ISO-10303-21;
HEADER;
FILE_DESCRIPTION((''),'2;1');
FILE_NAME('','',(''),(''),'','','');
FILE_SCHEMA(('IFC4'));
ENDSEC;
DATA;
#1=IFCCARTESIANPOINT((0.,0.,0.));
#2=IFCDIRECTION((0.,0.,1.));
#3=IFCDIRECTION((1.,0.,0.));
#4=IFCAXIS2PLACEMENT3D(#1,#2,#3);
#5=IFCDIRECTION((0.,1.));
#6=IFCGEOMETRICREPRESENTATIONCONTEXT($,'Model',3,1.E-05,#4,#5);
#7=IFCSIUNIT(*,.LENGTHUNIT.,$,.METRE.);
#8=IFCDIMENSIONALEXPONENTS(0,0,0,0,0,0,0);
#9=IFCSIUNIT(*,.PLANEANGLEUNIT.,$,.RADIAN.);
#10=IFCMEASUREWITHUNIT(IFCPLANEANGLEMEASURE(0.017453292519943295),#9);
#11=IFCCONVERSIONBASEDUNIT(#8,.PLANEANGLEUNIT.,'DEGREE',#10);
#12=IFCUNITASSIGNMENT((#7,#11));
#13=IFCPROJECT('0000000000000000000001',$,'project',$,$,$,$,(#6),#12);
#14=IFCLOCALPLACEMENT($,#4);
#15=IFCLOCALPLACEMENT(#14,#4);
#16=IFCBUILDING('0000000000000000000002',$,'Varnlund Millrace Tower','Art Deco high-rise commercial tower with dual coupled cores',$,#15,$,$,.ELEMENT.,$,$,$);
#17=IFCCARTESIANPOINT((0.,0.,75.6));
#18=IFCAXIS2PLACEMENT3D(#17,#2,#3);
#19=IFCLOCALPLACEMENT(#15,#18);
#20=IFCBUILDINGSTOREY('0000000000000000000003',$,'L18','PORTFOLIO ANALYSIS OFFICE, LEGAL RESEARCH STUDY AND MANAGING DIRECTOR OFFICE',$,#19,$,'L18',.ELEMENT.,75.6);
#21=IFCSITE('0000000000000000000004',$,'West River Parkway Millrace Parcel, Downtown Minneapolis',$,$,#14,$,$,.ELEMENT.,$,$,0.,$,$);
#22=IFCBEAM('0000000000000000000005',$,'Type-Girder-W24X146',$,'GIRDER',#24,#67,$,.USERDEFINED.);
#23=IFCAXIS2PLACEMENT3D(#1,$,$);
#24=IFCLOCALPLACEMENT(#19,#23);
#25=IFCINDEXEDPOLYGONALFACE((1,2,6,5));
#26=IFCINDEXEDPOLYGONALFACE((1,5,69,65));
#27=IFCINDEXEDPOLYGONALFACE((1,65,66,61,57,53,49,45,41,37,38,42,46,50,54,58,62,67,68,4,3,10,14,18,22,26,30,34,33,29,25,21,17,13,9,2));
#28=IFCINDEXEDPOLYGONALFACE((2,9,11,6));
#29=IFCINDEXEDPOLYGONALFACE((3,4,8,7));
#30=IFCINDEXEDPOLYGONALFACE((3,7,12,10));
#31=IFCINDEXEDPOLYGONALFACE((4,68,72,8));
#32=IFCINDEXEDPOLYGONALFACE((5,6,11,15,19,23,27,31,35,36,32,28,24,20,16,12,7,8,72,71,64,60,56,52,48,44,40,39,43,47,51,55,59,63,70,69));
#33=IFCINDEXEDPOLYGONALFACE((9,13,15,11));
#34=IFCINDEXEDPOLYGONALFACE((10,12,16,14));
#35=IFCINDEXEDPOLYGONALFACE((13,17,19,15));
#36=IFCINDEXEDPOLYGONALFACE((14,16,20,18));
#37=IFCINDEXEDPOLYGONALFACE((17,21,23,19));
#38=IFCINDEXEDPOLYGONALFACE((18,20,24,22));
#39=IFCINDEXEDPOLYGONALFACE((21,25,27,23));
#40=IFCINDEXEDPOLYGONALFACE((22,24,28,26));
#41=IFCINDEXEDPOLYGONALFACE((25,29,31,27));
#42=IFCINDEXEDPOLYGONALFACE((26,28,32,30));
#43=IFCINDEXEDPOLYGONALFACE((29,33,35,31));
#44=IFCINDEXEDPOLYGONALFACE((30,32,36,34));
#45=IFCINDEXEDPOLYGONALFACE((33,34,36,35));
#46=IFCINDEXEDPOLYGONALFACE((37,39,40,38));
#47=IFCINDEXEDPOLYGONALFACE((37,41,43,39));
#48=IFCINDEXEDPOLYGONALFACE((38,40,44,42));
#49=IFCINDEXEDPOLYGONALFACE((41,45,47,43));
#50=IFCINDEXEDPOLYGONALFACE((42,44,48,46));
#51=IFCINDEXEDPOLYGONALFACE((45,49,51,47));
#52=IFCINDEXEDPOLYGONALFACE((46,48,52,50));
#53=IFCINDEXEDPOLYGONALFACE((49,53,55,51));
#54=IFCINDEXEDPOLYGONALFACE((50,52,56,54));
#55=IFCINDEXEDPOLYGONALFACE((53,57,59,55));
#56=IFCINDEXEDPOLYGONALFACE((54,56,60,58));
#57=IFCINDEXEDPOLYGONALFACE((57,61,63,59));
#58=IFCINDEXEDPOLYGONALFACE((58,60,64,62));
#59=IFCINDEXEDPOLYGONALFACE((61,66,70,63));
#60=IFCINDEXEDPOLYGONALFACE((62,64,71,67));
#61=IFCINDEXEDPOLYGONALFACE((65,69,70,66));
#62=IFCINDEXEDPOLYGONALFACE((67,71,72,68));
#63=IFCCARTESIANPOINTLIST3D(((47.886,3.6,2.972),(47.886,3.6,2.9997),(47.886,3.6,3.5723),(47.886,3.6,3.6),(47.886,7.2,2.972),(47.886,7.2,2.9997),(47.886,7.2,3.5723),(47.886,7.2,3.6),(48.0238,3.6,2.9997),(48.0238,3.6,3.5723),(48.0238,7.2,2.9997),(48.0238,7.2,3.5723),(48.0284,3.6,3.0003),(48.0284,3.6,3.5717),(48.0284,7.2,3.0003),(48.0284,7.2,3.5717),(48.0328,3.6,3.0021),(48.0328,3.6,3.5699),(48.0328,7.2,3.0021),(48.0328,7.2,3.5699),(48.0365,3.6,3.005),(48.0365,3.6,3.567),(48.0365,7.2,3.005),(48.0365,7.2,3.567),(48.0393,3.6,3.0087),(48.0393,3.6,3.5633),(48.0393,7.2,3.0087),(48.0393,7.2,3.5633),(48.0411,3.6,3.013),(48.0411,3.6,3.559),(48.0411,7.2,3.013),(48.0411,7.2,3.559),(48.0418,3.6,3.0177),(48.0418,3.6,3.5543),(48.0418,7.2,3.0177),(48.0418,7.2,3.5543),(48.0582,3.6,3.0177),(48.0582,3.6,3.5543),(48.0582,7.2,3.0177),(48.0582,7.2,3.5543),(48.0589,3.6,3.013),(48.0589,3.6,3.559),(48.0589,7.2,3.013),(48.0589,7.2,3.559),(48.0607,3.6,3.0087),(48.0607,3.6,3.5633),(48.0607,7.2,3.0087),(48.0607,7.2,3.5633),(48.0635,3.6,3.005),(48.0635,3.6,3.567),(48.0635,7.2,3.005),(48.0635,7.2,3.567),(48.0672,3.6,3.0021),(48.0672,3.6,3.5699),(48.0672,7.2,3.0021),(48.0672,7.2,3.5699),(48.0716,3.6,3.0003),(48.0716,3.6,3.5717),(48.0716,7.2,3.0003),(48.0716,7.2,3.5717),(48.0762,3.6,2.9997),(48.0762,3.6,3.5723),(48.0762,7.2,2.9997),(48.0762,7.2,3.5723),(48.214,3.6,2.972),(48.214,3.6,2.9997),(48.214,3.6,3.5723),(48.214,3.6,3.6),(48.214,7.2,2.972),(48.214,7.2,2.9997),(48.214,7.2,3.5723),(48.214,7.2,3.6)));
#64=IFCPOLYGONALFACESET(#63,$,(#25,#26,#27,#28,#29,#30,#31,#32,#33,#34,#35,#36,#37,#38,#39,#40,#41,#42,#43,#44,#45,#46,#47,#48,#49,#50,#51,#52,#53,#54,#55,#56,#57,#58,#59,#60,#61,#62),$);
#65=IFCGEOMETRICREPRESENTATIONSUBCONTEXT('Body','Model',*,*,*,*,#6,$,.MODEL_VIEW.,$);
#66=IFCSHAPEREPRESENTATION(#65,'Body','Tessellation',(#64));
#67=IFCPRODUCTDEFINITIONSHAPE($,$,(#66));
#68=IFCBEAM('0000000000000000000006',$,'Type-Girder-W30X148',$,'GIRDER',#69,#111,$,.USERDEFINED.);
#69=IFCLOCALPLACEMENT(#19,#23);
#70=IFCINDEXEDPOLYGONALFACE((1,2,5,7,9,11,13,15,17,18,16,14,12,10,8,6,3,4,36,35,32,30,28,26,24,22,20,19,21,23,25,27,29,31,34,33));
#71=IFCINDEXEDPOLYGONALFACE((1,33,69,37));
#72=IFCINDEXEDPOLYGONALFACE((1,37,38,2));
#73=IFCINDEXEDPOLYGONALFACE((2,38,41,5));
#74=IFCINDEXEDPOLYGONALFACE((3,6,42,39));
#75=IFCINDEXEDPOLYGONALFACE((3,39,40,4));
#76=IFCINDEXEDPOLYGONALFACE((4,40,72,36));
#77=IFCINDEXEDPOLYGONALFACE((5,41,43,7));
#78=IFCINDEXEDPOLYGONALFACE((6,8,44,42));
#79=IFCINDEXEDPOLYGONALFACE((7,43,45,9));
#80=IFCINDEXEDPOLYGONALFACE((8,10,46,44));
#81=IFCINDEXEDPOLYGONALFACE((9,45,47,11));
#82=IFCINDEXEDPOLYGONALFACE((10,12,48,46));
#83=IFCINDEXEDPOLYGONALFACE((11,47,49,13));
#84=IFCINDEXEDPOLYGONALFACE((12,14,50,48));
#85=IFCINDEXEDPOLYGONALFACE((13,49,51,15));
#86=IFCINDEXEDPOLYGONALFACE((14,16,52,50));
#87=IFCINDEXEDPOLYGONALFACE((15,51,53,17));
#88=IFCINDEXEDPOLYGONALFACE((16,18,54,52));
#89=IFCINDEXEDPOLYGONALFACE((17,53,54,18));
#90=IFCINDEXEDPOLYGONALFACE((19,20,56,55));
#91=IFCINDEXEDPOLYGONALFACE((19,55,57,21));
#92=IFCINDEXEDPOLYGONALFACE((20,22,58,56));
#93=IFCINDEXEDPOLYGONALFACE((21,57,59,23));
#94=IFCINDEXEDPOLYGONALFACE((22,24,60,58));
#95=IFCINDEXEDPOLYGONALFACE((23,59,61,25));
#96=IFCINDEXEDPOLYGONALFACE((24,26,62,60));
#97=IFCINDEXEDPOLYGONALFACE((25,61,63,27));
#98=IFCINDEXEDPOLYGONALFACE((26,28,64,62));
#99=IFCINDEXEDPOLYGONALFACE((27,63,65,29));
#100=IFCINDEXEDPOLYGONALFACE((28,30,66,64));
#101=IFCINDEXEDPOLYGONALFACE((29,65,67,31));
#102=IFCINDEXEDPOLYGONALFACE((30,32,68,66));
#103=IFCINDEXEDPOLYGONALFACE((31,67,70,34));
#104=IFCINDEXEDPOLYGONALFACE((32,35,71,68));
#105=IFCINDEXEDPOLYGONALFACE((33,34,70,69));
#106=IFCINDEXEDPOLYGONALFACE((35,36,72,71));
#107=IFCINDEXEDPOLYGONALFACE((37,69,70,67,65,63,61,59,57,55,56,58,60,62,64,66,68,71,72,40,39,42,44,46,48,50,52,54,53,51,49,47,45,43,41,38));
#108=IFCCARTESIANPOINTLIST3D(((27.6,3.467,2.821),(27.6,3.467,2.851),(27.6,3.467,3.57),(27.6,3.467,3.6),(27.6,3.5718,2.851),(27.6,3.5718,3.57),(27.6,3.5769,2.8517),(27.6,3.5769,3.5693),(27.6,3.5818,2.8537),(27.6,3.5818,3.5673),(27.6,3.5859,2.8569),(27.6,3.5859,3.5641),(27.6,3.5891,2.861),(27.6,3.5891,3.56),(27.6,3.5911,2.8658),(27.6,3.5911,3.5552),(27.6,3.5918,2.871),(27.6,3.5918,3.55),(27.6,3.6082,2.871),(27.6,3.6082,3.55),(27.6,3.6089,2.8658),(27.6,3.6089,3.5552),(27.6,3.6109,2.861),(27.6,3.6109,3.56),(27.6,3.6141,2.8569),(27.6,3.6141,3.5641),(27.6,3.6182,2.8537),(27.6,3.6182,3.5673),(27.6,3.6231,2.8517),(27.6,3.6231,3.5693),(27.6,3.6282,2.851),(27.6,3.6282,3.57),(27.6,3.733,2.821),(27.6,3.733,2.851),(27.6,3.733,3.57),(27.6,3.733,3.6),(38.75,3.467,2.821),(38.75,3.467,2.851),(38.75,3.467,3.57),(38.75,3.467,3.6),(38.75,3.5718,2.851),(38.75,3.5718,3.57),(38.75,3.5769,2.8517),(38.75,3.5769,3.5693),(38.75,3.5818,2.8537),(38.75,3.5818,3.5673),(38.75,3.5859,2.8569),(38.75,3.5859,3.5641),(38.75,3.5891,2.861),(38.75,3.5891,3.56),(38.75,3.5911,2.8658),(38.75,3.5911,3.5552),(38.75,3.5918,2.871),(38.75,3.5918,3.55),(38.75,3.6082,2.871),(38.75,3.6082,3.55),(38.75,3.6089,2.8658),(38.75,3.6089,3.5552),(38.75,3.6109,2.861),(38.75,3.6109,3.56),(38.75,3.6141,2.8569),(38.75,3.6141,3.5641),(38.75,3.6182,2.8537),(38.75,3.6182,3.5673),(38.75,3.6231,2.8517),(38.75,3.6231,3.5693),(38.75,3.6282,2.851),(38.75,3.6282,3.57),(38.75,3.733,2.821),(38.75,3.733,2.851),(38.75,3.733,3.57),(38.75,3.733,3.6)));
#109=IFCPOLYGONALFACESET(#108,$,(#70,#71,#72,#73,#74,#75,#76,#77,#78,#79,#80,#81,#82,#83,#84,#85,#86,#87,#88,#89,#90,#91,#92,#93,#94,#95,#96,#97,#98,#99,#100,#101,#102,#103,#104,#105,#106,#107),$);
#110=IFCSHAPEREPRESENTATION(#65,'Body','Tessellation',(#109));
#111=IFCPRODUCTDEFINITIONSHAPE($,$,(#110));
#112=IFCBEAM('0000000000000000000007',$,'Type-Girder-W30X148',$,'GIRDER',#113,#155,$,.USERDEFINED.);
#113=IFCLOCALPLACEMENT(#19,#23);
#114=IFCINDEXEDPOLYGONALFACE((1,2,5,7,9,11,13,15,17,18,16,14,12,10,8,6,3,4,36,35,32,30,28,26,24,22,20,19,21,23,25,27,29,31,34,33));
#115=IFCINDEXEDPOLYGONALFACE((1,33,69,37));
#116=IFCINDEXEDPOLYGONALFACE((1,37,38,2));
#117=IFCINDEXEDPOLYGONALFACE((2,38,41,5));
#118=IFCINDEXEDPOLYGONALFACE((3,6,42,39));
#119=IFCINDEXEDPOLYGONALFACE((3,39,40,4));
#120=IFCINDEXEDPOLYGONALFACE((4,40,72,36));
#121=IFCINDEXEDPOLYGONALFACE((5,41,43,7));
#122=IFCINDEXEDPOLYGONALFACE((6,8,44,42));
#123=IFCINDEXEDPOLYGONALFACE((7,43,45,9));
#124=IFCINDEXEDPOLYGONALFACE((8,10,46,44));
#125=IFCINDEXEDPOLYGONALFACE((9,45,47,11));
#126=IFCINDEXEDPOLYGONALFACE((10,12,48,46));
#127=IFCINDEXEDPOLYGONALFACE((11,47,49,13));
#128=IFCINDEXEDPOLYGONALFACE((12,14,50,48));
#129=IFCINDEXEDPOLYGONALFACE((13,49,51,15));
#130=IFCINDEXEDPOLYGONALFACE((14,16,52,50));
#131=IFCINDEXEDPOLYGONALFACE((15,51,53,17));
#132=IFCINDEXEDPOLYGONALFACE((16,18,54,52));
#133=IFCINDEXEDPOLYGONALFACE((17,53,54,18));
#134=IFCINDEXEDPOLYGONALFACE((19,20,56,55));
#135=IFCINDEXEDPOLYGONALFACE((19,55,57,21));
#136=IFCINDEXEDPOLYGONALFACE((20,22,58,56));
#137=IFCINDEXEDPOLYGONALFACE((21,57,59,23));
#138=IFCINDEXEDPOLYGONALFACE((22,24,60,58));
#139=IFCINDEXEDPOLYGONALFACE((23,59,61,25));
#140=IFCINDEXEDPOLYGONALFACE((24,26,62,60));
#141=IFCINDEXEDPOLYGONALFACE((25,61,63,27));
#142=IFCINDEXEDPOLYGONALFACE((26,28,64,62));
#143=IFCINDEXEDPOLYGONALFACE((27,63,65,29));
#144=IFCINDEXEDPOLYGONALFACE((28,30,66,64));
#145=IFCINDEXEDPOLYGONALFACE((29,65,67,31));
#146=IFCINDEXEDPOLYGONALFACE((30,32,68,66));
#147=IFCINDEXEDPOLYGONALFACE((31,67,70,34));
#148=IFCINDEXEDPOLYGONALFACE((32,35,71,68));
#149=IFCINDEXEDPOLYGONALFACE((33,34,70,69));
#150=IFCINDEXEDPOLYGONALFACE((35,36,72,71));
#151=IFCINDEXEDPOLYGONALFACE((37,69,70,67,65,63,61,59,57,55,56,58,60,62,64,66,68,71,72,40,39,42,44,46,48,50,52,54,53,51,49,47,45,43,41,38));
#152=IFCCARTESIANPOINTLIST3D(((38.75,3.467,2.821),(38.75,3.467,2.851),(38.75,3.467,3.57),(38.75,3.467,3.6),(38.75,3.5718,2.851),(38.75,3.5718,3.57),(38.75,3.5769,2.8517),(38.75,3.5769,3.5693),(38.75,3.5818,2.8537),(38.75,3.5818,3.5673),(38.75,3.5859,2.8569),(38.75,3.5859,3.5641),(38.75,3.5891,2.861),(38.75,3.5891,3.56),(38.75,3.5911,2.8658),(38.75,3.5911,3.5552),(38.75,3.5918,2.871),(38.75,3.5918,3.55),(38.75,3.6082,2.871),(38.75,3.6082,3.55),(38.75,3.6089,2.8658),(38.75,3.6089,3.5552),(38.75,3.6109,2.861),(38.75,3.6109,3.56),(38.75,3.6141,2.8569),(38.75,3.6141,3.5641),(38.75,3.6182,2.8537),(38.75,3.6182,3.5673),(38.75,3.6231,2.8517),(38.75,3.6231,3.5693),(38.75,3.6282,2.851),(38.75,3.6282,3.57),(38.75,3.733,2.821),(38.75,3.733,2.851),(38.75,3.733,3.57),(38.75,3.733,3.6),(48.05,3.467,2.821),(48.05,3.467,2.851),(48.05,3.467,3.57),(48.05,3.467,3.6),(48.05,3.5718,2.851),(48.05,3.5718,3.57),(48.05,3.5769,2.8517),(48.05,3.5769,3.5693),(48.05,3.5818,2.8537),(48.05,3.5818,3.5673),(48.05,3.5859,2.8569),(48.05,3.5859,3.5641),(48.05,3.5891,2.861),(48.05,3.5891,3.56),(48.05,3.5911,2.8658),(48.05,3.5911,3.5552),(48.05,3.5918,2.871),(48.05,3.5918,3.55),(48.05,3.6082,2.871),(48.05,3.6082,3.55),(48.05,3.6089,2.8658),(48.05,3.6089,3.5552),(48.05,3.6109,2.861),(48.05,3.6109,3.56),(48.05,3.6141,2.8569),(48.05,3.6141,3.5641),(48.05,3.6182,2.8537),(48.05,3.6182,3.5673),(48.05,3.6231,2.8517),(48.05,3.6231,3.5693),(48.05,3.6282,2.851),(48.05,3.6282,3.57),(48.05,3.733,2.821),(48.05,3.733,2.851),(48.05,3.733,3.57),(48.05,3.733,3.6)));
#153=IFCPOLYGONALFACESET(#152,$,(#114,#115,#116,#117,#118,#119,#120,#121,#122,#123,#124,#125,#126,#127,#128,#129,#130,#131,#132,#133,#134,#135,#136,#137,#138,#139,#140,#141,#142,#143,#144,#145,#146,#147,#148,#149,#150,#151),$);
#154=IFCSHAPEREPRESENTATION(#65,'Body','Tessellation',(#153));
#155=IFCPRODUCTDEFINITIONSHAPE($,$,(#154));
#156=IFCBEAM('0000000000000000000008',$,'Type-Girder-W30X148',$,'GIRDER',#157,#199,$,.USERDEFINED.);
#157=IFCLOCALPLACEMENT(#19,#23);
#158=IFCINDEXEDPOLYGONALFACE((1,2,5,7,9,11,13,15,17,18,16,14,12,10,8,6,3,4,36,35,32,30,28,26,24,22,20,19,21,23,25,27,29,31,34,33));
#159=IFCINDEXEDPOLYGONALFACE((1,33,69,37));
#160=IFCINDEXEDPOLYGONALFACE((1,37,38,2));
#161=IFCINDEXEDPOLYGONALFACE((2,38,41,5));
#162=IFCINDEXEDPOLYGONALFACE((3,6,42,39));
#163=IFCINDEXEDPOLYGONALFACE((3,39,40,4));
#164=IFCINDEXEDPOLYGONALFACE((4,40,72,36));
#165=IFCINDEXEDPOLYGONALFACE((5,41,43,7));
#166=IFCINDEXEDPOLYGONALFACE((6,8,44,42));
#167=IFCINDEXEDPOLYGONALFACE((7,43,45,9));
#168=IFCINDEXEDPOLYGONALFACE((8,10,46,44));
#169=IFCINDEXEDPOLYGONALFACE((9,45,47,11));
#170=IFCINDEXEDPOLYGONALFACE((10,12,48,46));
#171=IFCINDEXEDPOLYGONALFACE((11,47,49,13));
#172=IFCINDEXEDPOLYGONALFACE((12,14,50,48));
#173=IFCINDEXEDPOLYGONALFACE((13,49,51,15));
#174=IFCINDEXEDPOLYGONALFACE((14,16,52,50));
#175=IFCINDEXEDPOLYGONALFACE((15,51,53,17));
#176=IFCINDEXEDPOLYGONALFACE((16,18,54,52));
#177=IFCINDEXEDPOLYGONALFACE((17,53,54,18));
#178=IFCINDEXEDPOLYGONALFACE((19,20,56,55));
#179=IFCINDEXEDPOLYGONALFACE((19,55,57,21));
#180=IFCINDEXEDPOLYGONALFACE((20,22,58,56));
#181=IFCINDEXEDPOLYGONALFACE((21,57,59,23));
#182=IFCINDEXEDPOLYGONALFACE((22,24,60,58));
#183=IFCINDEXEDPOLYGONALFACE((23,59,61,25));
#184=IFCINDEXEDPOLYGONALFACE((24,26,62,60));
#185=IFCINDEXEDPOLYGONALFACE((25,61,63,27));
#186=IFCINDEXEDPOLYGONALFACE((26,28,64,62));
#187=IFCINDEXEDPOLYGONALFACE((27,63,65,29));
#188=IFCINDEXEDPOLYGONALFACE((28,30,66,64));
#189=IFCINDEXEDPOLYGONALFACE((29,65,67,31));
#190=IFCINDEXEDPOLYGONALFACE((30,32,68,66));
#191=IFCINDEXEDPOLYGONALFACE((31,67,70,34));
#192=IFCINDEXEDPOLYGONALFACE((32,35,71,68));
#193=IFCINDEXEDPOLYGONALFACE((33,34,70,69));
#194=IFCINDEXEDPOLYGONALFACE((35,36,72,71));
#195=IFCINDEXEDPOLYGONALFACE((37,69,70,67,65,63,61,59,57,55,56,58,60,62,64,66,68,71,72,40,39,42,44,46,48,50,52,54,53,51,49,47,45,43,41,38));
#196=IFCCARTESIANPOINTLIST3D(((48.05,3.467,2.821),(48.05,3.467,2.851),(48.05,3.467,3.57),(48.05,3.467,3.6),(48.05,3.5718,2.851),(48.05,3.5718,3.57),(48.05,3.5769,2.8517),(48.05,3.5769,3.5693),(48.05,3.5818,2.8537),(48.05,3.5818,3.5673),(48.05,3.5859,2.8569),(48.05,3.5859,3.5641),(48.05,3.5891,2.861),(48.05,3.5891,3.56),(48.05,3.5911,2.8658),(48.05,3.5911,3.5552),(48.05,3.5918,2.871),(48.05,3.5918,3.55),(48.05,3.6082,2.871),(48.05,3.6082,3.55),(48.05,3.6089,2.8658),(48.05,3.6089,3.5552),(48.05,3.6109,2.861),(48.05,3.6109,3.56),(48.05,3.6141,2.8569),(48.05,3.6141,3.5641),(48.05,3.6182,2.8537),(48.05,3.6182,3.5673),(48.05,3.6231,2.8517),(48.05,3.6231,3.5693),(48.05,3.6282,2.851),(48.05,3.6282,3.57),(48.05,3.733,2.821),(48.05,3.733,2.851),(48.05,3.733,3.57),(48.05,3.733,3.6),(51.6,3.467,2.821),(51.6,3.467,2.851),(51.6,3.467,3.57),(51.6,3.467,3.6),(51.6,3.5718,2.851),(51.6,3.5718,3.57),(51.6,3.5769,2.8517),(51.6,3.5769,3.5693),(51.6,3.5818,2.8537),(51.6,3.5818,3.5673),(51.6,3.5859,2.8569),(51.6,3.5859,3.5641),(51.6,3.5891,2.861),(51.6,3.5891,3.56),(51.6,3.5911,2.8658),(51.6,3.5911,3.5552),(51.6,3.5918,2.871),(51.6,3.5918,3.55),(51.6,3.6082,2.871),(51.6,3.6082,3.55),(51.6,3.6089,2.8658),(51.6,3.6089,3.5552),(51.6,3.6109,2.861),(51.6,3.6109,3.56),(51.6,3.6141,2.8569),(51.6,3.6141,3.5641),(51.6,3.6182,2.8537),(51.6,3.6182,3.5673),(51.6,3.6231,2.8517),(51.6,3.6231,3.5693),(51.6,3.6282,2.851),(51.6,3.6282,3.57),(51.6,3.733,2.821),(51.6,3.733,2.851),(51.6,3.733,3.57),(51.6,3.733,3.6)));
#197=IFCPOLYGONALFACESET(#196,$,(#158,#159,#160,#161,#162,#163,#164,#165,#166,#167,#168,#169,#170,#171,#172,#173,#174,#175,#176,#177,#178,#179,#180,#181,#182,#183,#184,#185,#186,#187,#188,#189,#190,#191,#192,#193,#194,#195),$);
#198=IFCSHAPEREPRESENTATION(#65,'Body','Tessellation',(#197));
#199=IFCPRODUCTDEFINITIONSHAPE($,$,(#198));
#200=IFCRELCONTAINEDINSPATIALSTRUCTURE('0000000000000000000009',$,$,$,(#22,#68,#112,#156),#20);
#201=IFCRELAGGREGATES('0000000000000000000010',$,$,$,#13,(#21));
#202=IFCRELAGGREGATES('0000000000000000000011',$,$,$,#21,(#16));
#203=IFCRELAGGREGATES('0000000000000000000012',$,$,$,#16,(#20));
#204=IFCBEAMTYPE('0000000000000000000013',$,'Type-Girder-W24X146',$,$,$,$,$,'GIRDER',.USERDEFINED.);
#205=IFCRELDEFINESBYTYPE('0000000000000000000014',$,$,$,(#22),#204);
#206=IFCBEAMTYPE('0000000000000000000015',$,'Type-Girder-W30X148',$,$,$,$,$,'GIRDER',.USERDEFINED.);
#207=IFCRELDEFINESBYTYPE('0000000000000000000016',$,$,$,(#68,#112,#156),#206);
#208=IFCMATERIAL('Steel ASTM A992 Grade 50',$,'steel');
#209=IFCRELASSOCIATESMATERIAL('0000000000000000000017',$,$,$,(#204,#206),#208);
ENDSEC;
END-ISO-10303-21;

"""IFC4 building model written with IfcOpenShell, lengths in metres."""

from ifc_helpers import new_model, entity, si_unit, converted_unit, direction, frame, origin_with_axes, origin_2d_with_axis, place, context, subcontext, project, spatial, i_section, extrude, material, material_profile, profile_set, type_object, element, save


model = new_model("IFC4")

# Units and contexts
model_context = context("Model", 3, precision=1e-05, world=origin_with_axes(), true_north=direction((0.0, 1.0)))
body_context = subcontext(model_context, "Body", "Model", "MODEL_VIEW")
ifc_project = project(units=[si_unit("LENGTHUNIT", "METRE"), converted_unit("PLANEANGLEUNIT", "DEGREE", entity("IfcPlaneAngleMeasure", 0.017453292519943295), si_unit("PLANEANGLEUNIT", "RADIAN"), dimensions=[0, 0, 0, 0, 0, 0, 0])], contexts=[model_context])

# Site, building, storey
site_placement = place(None, origin_with_axes())
site = spatial("IfcSite", under=ifc_project, at=site_placement, Name="West River Parkway Millrace Parcel, Downtown Minneapolis", CompositionType="ELEMENT", RefElevation=0.0)
building_placement = place(site_placement, origin_with_axes())
building = spatial("IfcBuilding", under=site, at=building_placement, Name="Varnlund Millrace Tower", Description="Art Deco high-rise commercial tower with dual coupled cores", CompositionType="ELEMENT")
storey_placement = place(building_placement, frame((0.0, 0.0, 75.6), z_axis=(0.0, 0.0, 1.0), x_axis=(1.0, 0.0, 0.0)))
storey = spatial("IfcBuildingStorey", under=building, at=storey_placement, Name="L18", Description="PORTFOLIO ANALYSIS OFFICE, LEGAL RESEARCH STUDY AND MANAGING DIRECTOR OFFICE", LongName="L18", CompositionType="ELEMENT", Elevation=75.6)

# Beams
ifc_material_1 = material(Name="Steel ASTM A992 Grade 50", Category="steel")
ifc_material_profile_1 = material_profile(ifc_material_1, i_section(OverallWidth=0.328, OverallDepth=0.628, WebThickness=0.0165, FlangeThickness=0.0277, FilletRadius=0.018, at=origin_2d_with_axis()), Name="Steel ASTM A992 Grade 50")
ifc_profile_set_1 = profile_set([ifc_material_profile_1], Name="Steel ASTM A992 Grade 50")
beam_type_1 = type_object("IfcBeamType", Name="Type-Girder-W24X146", ElementType="GIRDER", PredefinedType="USERDEFINED", material=ifc_profile_set_1)
beam_1_placement = place(storey_placement, frame((48.05, 3.6, 3.286), z_axis=(0.0, 1.0, 0.0), x_axis=(-1.0, 0.0, 0.0)))
element("IfcBeam", 1, at=beam_1_placement, inside=storey, type_object=beam_type_1, Name="Type-Girder-W24X146", ObjectType="GIRDER", PredefinedType="USERDEFINED", context=body_context, shape_type="SweptSolid", body=[
    extrude(i_section(OverallWidth=0.328, OverallDepth=0.628, WebThickness=0.0165, FlangeThickness=0.0277, FilletRadius=0.018, at=origin_2d_with_axis()), origin_with_axes(), (0.0, 0.0, 1.0), 3.6),
])
ifc_material_profile_2 = material_profile(ifc_material_1, i_section(OverallWidth=0.266, OverallDepth=0.779, WebThickness=0.0165, FlangeThickness=0.03, FilletRadius=0.02, at=origin_2d_with_axis()), Name="Steel ASTM A992 Grade 50")
ifc_profile_set_2 = profile_set([ifc_material_profile_2], Name="Steel ASTM A992 Grade 50")
beam_type_2 = type_object("IfcBeamType", Name="Type-Girder-W30X148", ElementType="GIRDER", PredefinedType="USERDEFINED", material=ifc_profile_set_2)
beam_2_placement = place(storey_placement, frame((27.6, 3.6, 3.2105), z_axis=(1.0, 0.0, 0.0), x_axis=(0.0, 1.0, 0.0)))
element("IfcBeam", 2, at=beam_2_placement, inside=storey, type_object=beam_type_2, Name="Type-Girder-W30X148", ObjectType="GIRDER", PredefinedType="USERDEFINED", context=body_context, shape_type="SweptSolid", body=[
    extrude(i_section(OverallWidth=0.266, OverallDepth=0.779, WebThickness=0.0165, FlangeThickness=0.03, FilletRadius=0.02, at=origin_2d_with_axis()), origin_with_axes(), (0.0, 0.0, 1.0), 11.15),
])
beam_3_placement = place(storey_placement, frame((38.75, 3.6, 3.2105), z_axis=(1.0, 0.0, 0.0), x_axis=(0.0, 1.0, 0.0)))
element("IfcBeam", 3, at=beam_3_placement, inside=storey, type_object=beam_type_2, Name="Type-Girder-W30X148", ObjectType="GIRDER", PredefinedType="USERDEFINED", context=body_context, shape_type="SweptSolid", body=[
    extrude(i_section(OverallWidth=0.266, OverallDepth=0.779, WebThickness=0.0165, FlangeThickness=0.03, FilletRadius=0.02, at=origin_2d_with_axis()), origin_with_axes(), (0.0, 0.0, 1.0), 9.3),
])
beam_4_placement = place(storey_placement, frame((48.05, 3.6, 3.2105), z_axis=(1.0, 0.0, 0.0), x_axis=(0.0, 1.0, 0.0)))
element("IfcBeam", 4, at=beam_4_placement, inside=storey, type_object=beam_type_2, Name="Type-Girder-W30X148", ObjectType="GIRDER", PredefinedType="USERDEFINED", context=body_context, shape_type="SweptSolid", body=[
    extrude(i_section(OverallWidth=0.266, OverallDepth=0.779, WebThickness=0.0165, FlangeThickness=0.03, FilletRadius=0.02, at=origin_2d_with_axis()), origin_with_axes(), (0.0, 0.0, 1.0), 3.55),
])

save(model, "model.ifc")
